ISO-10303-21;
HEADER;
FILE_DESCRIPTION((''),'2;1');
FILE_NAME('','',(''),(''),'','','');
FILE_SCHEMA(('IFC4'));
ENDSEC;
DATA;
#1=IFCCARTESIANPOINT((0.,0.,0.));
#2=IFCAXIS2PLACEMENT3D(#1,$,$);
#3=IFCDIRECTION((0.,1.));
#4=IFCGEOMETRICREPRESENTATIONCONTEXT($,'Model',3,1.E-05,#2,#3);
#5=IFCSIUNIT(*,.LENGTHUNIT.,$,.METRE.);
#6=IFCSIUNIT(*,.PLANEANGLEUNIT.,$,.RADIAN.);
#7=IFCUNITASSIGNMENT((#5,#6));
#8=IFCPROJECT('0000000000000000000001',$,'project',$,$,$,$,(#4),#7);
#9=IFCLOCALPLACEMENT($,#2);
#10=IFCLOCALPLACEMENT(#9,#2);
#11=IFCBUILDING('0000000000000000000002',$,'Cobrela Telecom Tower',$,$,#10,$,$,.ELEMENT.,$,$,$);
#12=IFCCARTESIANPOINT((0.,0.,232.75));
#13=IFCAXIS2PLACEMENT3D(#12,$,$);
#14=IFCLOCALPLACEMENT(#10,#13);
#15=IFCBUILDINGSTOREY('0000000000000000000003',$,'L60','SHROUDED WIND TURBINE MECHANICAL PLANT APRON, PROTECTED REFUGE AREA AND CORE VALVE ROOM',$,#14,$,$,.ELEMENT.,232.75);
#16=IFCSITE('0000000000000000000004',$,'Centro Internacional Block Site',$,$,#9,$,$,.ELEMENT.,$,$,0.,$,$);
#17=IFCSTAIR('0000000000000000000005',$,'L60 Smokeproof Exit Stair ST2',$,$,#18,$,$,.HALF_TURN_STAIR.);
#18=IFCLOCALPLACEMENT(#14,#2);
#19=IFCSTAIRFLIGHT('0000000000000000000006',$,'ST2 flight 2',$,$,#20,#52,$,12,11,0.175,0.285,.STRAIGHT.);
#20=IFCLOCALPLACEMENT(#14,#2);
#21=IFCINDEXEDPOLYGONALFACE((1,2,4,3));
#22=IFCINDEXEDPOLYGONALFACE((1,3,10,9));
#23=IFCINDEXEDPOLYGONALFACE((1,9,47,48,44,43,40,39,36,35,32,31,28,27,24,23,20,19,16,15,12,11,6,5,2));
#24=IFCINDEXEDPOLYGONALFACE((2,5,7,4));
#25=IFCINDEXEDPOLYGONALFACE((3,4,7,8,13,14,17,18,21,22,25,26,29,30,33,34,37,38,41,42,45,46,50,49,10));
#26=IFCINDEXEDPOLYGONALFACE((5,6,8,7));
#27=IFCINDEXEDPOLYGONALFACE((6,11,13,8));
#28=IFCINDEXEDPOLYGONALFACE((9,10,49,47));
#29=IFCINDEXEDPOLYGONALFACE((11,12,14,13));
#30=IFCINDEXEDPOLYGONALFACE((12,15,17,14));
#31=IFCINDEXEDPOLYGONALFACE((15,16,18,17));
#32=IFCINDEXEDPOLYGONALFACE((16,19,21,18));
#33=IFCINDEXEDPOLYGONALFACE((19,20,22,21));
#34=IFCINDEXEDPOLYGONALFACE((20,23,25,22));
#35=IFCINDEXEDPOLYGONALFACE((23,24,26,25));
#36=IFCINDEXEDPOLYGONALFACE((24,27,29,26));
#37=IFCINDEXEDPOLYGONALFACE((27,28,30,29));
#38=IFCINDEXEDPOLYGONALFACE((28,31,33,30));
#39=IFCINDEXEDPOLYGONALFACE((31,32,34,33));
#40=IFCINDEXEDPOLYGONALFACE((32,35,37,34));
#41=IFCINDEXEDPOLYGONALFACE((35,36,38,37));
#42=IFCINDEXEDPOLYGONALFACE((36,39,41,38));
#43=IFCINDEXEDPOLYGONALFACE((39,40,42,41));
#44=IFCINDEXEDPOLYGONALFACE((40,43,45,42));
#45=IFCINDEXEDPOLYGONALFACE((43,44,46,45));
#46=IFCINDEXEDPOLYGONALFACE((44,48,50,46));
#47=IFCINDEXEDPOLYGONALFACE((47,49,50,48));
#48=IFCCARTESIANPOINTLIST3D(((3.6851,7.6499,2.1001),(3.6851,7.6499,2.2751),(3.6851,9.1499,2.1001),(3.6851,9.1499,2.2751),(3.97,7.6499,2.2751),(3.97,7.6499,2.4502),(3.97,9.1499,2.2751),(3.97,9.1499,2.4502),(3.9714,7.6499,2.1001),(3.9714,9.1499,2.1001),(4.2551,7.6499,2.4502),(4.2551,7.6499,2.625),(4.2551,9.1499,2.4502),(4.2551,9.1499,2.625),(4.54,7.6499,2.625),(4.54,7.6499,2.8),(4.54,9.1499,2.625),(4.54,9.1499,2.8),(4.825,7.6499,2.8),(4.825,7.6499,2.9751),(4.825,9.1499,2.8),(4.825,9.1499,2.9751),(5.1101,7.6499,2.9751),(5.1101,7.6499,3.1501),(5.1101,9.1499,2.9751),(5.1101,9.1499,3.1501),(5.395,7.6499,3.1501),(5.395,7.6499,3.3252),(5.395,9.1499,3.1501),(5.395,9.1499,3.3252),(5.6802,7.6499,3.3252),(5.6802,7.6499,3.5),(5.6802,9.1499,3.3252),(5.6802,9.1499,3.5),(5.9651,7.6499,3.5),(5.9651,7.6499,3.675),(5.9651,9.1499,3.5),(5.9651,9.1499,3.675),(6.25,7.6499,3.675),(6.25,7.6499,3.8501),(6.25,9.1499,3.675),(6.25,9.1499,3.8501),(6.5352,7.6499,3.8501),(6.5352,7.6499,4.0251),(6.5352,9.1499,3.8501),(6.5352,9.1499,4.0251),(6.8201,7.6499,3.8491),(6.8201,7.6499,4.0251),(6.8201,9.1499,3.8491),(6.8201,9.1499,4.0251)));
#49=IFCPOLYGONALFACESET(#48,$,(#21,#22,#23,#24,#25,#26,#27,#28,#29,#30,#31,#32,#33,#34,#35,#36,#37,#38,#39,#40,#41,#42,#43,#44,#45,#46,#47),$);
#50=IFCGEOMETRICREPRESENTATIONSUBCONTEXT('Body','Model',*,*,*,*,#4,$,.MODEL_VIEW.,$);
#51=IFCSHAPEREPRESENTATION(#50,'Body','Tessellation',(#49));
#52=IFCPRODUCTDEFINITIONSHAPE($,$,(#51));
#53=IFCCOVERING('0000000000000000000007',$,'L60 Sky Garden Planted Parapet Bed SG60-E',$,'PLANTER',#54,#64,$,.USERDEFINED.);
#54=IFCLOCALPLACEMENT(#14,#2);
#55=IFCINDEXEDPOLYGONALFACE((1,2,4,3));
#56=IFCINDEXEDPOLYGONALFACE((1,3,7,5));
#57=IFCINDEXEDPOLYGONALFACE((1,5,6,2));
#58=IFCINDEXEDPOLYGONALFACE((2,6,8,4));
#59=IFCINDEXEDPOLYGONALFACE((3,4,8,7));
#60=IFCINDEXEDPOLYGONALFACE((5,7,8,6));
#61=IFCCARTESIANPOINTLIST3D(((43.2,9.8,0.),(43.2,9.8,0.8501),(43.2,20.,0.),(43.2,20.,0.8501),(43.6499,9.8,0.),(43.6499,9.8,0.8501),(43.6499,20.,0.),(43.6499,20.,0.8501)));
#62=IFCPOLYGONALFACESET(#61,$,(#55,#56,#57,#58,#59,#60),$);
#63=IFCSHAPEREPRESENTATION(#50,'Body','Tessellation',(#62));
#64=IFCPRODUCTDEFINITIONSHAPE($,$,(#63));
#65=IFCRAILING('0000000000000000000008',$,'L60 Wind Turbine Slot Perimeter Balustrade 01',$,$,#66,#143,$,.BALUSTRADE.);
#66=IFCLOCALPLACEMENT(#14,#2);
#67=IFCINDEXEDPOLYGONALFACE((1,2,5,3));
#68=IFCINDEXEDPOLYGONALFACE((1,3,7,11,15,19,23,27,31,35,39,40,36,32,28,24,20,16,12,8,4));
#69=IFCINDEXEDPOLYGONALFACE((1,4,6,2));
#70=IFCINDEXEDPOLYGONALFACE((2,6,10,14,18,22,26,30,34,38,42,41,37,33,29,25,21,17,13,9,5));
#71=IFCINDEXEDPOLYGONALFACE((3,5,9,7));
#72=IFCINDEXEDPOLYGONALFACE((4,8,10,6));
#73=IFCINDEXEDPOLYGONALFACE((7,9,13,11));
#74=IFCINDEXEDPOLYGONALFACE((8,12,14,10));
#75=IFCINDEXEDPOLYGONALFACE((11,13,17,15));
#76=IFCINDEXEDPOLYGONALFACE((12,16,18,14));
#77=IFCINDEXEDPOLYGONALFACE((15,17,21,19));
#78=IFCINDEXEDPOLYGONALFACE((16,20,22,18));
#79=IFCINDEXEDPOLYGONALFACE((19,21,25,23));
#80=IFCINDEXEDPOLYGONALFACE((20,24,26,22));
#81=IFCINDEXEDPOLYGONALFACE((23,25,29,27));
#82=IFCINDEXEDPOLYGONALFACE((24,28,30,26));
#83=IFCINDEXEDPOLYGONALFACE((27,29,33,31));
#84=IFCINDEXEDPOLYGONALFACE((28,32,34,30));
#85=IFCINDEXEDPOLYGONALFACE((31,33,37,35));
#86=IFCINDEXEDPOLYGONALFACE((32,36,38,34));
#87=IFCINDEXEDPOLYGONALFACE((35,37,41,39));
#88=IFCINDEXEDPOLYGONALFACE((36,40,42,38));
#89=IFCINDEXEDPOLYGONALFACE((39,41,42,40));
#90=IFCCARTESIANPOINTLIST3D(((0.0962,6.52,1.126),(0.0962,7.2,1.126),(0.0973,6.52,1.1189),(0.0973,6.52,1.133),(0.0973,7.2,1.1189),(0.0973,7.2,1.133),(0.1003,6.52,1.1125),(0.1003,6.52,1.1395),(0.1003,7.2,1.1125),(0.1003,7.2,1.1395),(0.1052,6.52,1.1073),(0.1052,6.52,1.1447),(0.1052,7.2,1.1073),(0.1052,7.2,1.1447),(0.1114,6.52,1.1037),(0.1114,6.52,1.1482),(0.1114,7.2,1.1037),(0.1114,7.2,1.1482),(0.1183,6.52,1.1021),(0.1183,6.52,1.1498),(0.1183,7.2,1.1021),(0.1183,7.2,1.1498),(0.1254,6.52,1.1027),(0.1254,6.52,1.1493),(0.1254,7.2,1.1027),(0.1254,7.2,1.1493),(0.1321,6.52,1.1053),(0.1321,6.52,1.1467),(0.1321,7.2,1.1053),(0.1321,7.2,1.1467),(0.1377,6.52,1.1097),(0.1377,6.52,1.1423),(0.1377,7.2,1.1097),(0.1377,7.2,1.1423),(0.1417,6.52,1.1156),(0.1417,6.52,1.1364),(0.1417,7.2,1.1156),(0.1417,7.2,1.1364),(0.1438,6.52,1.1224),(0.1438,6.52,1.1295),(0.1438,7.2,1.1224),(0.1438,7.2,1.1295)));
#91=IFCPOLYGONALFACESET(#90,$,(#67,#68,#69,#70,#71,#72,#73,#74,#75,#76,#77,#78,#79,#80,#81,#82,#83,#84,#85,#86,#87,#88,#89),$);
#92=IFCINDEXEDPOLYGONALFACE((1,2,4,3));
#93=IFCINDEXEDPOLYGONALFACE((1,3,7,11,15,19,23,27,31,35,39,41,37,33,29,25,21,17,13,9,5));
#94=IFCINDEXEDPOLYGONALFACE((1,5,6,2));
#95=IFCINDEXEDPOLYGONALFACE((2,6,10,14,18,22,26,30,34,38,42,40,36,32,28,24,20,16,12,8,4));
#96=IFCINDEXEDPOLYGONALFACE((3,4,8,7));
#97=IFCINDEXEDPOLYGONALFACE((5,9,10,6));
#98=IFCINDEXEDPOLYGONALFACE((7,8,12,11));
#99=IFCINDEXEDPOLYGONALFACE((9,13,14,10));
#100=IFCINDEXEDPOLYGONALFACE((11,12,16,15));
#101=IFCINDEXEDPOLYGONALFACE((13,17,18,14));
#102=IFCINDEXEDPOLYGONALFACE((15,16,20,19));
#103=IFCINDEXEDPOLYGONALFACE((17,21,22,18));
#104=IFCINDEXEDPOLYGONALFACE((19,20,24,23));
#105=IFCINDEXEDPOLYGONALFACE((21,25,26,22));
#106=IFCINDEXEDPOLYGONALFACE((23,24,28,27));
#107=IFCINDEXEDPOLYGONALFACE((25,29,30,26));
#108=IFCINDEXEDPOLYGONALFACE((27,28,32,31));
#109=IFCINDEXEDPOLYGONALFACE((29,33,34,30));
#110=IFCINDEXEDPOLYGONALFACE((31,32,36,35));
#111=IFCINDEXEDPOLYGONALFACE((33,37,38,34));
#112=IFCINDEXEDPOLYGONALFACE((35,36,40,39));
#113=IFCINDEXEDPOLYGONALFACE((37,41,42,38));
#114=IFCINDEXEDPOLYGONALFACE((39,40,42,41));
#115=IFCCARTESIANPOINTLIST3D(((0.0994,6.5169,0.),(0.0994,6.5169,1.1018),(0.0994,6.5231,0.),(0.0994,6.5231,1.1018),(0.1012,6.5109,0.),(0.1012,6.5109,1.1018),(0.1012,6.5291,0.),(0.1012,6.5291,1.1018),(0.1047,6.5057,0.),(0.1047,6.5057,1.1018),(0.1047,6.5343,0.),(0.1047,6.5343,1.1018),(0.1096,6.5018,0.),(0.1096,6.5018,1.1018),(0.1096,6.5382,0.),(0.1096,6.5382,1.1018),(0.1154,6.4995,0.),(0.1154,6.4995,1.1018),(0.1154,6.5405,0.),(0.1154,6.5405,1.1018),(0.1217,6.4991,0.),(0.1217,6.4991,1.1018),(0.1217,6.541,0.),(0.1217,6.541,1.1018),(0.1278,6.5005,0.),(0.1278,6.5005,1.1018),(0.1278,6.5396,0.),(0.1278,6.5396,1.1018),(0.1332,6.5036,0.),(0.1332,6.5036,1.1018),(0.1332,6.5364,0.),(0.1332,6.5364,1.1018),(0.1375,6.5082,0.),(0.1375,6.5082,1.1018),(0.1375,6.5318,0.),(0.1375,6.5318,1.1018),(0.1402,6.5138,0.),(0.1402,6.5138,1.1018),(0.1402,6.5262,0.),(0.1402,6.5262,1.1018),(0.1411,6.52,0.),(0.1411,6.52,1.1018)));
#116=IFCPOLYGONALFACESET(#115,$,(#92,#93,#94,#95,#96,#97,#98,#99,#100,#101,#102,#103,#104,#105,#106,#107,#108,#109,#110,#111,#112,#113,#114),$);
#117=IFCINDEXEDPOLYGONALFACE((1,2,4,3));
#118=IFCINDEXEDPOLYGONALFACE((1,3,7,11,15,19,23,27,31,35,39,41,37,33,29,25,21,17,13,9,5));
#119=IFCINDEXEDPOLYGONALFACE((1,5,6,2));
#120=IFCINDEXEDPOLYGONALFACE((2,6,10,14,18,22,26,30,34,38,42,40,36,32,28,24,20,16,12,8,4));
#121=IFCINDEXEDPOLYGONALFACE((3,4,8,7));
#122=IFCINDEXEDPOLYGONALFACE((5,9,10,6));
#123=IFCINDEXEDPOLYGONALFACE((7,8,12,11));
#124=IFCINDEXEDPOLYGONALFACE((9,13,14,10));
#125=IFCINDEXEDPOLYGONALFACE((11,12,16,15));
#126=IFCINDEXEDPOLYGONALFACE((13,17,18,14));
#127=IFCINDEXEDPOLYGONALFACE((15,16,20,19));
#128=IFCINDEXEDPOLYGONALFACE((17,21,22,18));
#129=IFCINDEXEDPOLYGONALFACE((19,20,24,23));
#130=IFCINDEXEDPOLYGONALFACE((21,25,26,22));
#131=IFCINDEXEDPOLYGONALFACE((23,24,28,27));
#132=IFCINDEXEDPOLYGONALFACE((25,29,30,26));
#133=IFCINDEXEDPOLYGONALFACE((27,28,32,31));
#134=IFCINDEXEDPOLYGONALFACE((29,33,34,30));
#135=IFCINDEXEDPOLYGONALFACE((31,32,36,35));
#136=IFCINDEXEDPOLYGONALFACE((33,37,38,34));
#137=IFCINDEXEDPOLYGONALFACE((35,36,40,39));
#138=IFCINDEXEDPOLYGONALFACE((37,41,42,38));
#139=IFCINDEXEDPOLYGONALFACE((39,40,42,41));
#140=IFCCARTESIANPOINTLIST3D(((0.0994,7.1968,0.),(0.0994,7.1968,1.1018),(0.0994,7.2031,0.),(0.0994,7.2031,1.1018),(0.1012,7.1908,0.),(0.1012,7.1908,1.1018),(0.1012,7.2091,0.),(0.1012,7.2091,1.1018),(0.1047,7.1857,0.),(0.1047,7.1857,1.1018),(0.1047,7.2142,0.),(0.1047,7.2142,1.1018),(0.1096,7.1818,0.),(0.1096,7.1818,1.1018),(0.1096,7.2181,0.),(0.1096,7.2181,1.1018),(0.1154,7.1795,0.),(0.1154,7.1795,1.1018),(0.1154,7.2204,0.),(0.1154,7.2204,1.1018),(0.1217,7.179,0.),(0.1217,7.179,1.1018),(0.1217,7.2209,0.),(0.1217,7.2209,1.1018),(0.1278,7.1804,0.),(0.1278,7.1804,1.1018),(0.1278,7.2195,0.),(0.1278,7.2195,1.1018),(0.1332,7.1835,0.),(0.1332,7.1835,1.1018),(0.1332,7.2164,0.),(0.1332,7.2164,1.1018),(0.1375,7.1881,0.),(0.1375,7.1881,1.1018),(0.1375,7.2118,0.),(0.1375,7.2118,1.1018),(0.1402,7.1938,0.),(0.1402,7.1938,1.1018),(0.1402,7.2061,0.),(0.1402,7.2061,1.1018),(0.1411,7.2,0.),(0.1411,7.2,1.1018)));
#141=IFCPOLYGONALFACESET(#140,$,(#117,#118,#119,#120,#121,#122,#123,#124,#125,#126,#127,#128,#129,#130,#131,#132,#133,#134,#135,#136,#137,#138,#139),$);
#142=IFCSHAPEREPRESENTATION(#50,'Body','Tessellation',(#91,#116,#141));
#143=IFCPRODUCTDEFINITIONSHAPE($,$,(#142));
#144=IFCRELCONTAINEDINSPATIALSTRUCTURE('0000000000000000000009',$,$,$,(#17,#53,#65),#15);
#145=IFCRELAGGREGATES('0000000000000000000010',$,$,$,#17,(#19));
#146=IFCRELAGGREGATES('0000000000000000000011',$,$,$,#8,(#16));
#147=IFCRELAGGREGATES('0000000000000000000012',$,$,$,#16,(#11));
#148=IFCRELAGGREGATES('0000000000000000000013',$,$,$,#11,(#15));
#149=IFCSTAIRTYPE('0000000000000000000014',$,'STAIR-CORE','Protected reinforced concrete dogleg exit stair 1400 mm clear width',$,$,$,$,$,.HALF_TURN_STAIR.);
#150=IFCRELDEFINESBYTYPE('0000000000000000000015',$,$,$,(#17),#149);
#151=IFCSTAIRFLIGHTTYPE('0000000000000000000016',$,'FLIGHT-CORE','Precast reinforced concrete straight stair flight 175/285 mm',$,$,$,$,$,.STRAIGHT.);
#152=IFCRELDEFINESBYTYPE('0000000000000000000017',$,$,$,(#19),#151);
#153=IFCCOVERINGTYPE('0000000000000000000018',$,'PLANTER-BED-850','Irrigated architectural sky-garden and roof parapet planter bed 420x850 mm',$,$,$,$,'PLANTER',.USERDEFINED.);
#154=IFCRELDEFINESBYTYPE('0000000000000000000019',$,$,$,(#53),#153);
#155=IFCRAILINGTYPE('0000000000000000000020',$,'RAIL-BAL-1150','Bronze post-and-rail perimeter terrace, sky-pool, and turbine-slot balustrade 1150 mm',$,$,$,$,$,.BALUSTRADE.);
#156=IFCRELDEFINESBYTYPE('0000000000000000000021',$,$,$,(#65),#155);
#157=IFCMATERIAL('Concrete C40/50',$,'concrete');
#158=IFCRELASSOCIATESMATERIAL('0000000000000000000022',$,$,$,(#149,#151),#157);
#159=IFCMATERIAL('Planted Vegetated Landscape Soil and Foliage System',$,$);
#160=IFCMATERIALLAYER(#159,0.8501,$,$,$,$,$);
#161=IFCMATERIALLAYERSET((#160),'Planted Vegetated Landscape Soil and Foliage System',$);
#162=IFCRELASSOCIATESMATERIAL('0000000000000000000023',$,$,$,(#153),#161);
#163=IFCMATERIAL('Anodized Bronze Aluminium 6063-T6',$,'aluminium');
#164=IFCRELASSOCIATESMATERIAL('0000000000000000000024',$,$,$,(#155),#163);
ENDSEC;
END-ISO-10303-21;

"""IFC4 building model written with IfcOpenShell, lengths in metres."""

from ifc_helpers import new_model, si_unit, direction, frame, origin, origin_2d, place, context, subcontext, project, spatial, polyline, circle, outline, extrude, material, layer, layer_set, type_object, element, aggregate, save


model = new_model("IFC4")

# Units and contexts
model_context = context("Model", 3, precision=1e-05, world=origin(), true_north=direction((0.0, 1.0)))
body_context = subcontext(model_context, "Body", "Model", "MODEL_VIEW")
ifc_project = project(units=[si_unit("LENGTHUNIT", "METRE"), si_unit("PLANEANGLEUNIT", "RADIAN")], contexts=[model_context])

# Site, building, storey
site_placement = place(None, origin())
site = spatial("IfcSite", under=ifc_project, at=site_placement, Name="Centro Internacional Block Site", CompositionType="ELEMENT", RefElevation=0.0)
building_placement = place(site_placement, origin())
building = spatial("IfcBuilding", under=site, at=building_placement, Name="Cobrela Telecom Tower", CompositionType="ELEMENT")
storey_placement = place(building_placement, frame((0.0, 0.0, 232.75)))
storey = spatial("IfcBuildingStorey", under=building, at=storey_placement, Name="L60", Description="SHROUDED WIND TURBINE MECHANICAL PLANT APRON, PROTECTED REFUGE AREA AND CORE VALVE ROOM", CompositionType="ELEMENT", Elevation=232.75)

# Shared definitions
ifc_material_1 = material(Name="Concrete C40/50", Category="concrete")

# Stair
stair_type = type_object("IfcStairType", Name="STAIR-CORE", Description="Protected reinforced concrete dogleg exit stair 1400 mm clear width", PredefinedType="HALF_TURN_STAIR", material=ifc_material_1)
stair_1_placement = place(storey_placement, origin())
stair_1 = element("IfcStair", 1, at=stair_1_placement, inside=storey, type_object=stair_type, Name="L60 Smokeproof Exit Stair ST2", PredefinedType="HALF_TURN_STAIR")

# Stair flight
stair_flight_type = type_object("IfcStairFlightType", Name="FLIGHT-CORE", Description="Precast reinforced concrete straight stair flight 175/285 mm", PredefinedType="STRAIGHT", material=ifc_material_1)
stair_flight_placement = place(storey_placement, frame((3.6851, 8.3999, 2.1001), z_axis=(0.0, 0.0, 1.0), x_axis=(1.0, 0.0, 0.0)))
stair_flight = element("IfcStairFlight", 2, at=stair_flight_placement, type_object=stair_flight_type, Name="ST2 flight 2", NumberOfRisers=12, NumberOfTreads=11, PredefinedType="STRAIGHT", RiserHeight=0.175, TreadLength=0.285, context=body_context, shape_type="SweptSolid", body=[
    extrude(outline(polyline([(0.0, 0.0), (0.0, 0.175), (0.2849, 0.175), (0.2849, 0.3501), (0.5701, 0.3501), (0.5701, 0.5249), (0.855, 0.5249), (0.855, 0.7), (1.1399, 0.7), (1.1399, 0.875), (1.425, 0.875), (1.425, 1.05), (1.71, 1.05), (1.71, 1.2251), (1.9951, 1.2251), (1.9951, 1.3999), (2.28, 1.3999), (2.28, 1.575), (2.5649, 1.575), (2.5649, 1.75), (2.8501, 1.75), (2.8501, 1.925), (3.135, 1.925), (3.135, 2.1001), (3.135, 1.749), (0.2864, 0.0), (0.0, 0.0)])), frame((0.0, 0.75, 0.0), z_axis=(0.0, -1.0, 0.0), x_axis=(1.0, 0.0, 0.0)), (0.0, 0.0, 1.0), 1.5),
])
aggregate(stair_1, [stair_flight])

# Covering
ifc_material_2 = material(Name="Planted Vegetated Landscape Soil and Foliage System")
ifc_layer_1 = layer(ifc_material_2, 0.8501)
ifc_layer_set_1 = layer_set([ifc_layer_1], Name="Planted Vegetated Landscape Soil and Foliage System")
covering_type = type_object("IfcCoveringType", Name="PLANTER-BED-850", Description="Irrigated architectural sky-garden and roof parapet planter bed 420x850 mm", ElementType="PLANTER", PredefinedType="USERDEFINED", material=ifc_layer_set_1)
covering_placement = place(storey_placement, origin())
element("IfcCovering", 3, at=covering_placement, inside=storey, type_object=covering_type, Name="L60 Sky Garden Planted Parapet Bed SG60-E", ObjectType="PLANTER", PredefinedType="USERDEFINED", context=body_context, shape_type="SweptSolid", body=[
    extrude(outline(polyline([(43.2, 9.8), (43.6499, 9.8), (43.6499, 20.0), (43.2, 20.0), (43.2, 9.8)])), origin(), (0.0, 0.0, 1.0), 0.8501),
])

# Railing
ifc_material_3 = material(Name="Anodized Bronze Aluminium 6063-T6", Category="aluminium")
railing_type_1 = type_object("IfcRailingType", Name="RAIL-BAL-1150", Description="Bronze post-and-rail perimeter terrace, sky-pool, and turbine-slot balustrade 1150 mm", PredefinedType="BALUSTRADE", material=ifc_material_3)
railing_1_placement = place(storey_placement, frame((0.1201, 6.52, 0.0)))
element("IfcRailing", 4, at=railing_1_placement, inside=storey, type_object=railing_type_1, Name="L60 Wind Turbine Slot Perimeter Balustrade 01", PredefinedType="BALUSTRADE", context=body_context, shape_type="SweptSolid", body=[
    extrude(circle(Radius=0.0239, at=origin_2d()), frame((0.0, 0.0, 1.126), z_axis=(0.0, 1.0, 0.0), x_axis=(-1.0, 0.0, 0.0)), (0.0, 0.0, 1.0), 0.6799),
    extrude(circle(Radius=0.021, at=origin_2d()), origin(), (0.0, 0.0, 1.0), 1.1018),
    extrude(circle(Radius=0.021, at=origin_2d()), frame((0.0, 0.6799, 0.0)), (0.0, 0.0, 1.0), 1.1018),
])

save(model, "model.ifc")
